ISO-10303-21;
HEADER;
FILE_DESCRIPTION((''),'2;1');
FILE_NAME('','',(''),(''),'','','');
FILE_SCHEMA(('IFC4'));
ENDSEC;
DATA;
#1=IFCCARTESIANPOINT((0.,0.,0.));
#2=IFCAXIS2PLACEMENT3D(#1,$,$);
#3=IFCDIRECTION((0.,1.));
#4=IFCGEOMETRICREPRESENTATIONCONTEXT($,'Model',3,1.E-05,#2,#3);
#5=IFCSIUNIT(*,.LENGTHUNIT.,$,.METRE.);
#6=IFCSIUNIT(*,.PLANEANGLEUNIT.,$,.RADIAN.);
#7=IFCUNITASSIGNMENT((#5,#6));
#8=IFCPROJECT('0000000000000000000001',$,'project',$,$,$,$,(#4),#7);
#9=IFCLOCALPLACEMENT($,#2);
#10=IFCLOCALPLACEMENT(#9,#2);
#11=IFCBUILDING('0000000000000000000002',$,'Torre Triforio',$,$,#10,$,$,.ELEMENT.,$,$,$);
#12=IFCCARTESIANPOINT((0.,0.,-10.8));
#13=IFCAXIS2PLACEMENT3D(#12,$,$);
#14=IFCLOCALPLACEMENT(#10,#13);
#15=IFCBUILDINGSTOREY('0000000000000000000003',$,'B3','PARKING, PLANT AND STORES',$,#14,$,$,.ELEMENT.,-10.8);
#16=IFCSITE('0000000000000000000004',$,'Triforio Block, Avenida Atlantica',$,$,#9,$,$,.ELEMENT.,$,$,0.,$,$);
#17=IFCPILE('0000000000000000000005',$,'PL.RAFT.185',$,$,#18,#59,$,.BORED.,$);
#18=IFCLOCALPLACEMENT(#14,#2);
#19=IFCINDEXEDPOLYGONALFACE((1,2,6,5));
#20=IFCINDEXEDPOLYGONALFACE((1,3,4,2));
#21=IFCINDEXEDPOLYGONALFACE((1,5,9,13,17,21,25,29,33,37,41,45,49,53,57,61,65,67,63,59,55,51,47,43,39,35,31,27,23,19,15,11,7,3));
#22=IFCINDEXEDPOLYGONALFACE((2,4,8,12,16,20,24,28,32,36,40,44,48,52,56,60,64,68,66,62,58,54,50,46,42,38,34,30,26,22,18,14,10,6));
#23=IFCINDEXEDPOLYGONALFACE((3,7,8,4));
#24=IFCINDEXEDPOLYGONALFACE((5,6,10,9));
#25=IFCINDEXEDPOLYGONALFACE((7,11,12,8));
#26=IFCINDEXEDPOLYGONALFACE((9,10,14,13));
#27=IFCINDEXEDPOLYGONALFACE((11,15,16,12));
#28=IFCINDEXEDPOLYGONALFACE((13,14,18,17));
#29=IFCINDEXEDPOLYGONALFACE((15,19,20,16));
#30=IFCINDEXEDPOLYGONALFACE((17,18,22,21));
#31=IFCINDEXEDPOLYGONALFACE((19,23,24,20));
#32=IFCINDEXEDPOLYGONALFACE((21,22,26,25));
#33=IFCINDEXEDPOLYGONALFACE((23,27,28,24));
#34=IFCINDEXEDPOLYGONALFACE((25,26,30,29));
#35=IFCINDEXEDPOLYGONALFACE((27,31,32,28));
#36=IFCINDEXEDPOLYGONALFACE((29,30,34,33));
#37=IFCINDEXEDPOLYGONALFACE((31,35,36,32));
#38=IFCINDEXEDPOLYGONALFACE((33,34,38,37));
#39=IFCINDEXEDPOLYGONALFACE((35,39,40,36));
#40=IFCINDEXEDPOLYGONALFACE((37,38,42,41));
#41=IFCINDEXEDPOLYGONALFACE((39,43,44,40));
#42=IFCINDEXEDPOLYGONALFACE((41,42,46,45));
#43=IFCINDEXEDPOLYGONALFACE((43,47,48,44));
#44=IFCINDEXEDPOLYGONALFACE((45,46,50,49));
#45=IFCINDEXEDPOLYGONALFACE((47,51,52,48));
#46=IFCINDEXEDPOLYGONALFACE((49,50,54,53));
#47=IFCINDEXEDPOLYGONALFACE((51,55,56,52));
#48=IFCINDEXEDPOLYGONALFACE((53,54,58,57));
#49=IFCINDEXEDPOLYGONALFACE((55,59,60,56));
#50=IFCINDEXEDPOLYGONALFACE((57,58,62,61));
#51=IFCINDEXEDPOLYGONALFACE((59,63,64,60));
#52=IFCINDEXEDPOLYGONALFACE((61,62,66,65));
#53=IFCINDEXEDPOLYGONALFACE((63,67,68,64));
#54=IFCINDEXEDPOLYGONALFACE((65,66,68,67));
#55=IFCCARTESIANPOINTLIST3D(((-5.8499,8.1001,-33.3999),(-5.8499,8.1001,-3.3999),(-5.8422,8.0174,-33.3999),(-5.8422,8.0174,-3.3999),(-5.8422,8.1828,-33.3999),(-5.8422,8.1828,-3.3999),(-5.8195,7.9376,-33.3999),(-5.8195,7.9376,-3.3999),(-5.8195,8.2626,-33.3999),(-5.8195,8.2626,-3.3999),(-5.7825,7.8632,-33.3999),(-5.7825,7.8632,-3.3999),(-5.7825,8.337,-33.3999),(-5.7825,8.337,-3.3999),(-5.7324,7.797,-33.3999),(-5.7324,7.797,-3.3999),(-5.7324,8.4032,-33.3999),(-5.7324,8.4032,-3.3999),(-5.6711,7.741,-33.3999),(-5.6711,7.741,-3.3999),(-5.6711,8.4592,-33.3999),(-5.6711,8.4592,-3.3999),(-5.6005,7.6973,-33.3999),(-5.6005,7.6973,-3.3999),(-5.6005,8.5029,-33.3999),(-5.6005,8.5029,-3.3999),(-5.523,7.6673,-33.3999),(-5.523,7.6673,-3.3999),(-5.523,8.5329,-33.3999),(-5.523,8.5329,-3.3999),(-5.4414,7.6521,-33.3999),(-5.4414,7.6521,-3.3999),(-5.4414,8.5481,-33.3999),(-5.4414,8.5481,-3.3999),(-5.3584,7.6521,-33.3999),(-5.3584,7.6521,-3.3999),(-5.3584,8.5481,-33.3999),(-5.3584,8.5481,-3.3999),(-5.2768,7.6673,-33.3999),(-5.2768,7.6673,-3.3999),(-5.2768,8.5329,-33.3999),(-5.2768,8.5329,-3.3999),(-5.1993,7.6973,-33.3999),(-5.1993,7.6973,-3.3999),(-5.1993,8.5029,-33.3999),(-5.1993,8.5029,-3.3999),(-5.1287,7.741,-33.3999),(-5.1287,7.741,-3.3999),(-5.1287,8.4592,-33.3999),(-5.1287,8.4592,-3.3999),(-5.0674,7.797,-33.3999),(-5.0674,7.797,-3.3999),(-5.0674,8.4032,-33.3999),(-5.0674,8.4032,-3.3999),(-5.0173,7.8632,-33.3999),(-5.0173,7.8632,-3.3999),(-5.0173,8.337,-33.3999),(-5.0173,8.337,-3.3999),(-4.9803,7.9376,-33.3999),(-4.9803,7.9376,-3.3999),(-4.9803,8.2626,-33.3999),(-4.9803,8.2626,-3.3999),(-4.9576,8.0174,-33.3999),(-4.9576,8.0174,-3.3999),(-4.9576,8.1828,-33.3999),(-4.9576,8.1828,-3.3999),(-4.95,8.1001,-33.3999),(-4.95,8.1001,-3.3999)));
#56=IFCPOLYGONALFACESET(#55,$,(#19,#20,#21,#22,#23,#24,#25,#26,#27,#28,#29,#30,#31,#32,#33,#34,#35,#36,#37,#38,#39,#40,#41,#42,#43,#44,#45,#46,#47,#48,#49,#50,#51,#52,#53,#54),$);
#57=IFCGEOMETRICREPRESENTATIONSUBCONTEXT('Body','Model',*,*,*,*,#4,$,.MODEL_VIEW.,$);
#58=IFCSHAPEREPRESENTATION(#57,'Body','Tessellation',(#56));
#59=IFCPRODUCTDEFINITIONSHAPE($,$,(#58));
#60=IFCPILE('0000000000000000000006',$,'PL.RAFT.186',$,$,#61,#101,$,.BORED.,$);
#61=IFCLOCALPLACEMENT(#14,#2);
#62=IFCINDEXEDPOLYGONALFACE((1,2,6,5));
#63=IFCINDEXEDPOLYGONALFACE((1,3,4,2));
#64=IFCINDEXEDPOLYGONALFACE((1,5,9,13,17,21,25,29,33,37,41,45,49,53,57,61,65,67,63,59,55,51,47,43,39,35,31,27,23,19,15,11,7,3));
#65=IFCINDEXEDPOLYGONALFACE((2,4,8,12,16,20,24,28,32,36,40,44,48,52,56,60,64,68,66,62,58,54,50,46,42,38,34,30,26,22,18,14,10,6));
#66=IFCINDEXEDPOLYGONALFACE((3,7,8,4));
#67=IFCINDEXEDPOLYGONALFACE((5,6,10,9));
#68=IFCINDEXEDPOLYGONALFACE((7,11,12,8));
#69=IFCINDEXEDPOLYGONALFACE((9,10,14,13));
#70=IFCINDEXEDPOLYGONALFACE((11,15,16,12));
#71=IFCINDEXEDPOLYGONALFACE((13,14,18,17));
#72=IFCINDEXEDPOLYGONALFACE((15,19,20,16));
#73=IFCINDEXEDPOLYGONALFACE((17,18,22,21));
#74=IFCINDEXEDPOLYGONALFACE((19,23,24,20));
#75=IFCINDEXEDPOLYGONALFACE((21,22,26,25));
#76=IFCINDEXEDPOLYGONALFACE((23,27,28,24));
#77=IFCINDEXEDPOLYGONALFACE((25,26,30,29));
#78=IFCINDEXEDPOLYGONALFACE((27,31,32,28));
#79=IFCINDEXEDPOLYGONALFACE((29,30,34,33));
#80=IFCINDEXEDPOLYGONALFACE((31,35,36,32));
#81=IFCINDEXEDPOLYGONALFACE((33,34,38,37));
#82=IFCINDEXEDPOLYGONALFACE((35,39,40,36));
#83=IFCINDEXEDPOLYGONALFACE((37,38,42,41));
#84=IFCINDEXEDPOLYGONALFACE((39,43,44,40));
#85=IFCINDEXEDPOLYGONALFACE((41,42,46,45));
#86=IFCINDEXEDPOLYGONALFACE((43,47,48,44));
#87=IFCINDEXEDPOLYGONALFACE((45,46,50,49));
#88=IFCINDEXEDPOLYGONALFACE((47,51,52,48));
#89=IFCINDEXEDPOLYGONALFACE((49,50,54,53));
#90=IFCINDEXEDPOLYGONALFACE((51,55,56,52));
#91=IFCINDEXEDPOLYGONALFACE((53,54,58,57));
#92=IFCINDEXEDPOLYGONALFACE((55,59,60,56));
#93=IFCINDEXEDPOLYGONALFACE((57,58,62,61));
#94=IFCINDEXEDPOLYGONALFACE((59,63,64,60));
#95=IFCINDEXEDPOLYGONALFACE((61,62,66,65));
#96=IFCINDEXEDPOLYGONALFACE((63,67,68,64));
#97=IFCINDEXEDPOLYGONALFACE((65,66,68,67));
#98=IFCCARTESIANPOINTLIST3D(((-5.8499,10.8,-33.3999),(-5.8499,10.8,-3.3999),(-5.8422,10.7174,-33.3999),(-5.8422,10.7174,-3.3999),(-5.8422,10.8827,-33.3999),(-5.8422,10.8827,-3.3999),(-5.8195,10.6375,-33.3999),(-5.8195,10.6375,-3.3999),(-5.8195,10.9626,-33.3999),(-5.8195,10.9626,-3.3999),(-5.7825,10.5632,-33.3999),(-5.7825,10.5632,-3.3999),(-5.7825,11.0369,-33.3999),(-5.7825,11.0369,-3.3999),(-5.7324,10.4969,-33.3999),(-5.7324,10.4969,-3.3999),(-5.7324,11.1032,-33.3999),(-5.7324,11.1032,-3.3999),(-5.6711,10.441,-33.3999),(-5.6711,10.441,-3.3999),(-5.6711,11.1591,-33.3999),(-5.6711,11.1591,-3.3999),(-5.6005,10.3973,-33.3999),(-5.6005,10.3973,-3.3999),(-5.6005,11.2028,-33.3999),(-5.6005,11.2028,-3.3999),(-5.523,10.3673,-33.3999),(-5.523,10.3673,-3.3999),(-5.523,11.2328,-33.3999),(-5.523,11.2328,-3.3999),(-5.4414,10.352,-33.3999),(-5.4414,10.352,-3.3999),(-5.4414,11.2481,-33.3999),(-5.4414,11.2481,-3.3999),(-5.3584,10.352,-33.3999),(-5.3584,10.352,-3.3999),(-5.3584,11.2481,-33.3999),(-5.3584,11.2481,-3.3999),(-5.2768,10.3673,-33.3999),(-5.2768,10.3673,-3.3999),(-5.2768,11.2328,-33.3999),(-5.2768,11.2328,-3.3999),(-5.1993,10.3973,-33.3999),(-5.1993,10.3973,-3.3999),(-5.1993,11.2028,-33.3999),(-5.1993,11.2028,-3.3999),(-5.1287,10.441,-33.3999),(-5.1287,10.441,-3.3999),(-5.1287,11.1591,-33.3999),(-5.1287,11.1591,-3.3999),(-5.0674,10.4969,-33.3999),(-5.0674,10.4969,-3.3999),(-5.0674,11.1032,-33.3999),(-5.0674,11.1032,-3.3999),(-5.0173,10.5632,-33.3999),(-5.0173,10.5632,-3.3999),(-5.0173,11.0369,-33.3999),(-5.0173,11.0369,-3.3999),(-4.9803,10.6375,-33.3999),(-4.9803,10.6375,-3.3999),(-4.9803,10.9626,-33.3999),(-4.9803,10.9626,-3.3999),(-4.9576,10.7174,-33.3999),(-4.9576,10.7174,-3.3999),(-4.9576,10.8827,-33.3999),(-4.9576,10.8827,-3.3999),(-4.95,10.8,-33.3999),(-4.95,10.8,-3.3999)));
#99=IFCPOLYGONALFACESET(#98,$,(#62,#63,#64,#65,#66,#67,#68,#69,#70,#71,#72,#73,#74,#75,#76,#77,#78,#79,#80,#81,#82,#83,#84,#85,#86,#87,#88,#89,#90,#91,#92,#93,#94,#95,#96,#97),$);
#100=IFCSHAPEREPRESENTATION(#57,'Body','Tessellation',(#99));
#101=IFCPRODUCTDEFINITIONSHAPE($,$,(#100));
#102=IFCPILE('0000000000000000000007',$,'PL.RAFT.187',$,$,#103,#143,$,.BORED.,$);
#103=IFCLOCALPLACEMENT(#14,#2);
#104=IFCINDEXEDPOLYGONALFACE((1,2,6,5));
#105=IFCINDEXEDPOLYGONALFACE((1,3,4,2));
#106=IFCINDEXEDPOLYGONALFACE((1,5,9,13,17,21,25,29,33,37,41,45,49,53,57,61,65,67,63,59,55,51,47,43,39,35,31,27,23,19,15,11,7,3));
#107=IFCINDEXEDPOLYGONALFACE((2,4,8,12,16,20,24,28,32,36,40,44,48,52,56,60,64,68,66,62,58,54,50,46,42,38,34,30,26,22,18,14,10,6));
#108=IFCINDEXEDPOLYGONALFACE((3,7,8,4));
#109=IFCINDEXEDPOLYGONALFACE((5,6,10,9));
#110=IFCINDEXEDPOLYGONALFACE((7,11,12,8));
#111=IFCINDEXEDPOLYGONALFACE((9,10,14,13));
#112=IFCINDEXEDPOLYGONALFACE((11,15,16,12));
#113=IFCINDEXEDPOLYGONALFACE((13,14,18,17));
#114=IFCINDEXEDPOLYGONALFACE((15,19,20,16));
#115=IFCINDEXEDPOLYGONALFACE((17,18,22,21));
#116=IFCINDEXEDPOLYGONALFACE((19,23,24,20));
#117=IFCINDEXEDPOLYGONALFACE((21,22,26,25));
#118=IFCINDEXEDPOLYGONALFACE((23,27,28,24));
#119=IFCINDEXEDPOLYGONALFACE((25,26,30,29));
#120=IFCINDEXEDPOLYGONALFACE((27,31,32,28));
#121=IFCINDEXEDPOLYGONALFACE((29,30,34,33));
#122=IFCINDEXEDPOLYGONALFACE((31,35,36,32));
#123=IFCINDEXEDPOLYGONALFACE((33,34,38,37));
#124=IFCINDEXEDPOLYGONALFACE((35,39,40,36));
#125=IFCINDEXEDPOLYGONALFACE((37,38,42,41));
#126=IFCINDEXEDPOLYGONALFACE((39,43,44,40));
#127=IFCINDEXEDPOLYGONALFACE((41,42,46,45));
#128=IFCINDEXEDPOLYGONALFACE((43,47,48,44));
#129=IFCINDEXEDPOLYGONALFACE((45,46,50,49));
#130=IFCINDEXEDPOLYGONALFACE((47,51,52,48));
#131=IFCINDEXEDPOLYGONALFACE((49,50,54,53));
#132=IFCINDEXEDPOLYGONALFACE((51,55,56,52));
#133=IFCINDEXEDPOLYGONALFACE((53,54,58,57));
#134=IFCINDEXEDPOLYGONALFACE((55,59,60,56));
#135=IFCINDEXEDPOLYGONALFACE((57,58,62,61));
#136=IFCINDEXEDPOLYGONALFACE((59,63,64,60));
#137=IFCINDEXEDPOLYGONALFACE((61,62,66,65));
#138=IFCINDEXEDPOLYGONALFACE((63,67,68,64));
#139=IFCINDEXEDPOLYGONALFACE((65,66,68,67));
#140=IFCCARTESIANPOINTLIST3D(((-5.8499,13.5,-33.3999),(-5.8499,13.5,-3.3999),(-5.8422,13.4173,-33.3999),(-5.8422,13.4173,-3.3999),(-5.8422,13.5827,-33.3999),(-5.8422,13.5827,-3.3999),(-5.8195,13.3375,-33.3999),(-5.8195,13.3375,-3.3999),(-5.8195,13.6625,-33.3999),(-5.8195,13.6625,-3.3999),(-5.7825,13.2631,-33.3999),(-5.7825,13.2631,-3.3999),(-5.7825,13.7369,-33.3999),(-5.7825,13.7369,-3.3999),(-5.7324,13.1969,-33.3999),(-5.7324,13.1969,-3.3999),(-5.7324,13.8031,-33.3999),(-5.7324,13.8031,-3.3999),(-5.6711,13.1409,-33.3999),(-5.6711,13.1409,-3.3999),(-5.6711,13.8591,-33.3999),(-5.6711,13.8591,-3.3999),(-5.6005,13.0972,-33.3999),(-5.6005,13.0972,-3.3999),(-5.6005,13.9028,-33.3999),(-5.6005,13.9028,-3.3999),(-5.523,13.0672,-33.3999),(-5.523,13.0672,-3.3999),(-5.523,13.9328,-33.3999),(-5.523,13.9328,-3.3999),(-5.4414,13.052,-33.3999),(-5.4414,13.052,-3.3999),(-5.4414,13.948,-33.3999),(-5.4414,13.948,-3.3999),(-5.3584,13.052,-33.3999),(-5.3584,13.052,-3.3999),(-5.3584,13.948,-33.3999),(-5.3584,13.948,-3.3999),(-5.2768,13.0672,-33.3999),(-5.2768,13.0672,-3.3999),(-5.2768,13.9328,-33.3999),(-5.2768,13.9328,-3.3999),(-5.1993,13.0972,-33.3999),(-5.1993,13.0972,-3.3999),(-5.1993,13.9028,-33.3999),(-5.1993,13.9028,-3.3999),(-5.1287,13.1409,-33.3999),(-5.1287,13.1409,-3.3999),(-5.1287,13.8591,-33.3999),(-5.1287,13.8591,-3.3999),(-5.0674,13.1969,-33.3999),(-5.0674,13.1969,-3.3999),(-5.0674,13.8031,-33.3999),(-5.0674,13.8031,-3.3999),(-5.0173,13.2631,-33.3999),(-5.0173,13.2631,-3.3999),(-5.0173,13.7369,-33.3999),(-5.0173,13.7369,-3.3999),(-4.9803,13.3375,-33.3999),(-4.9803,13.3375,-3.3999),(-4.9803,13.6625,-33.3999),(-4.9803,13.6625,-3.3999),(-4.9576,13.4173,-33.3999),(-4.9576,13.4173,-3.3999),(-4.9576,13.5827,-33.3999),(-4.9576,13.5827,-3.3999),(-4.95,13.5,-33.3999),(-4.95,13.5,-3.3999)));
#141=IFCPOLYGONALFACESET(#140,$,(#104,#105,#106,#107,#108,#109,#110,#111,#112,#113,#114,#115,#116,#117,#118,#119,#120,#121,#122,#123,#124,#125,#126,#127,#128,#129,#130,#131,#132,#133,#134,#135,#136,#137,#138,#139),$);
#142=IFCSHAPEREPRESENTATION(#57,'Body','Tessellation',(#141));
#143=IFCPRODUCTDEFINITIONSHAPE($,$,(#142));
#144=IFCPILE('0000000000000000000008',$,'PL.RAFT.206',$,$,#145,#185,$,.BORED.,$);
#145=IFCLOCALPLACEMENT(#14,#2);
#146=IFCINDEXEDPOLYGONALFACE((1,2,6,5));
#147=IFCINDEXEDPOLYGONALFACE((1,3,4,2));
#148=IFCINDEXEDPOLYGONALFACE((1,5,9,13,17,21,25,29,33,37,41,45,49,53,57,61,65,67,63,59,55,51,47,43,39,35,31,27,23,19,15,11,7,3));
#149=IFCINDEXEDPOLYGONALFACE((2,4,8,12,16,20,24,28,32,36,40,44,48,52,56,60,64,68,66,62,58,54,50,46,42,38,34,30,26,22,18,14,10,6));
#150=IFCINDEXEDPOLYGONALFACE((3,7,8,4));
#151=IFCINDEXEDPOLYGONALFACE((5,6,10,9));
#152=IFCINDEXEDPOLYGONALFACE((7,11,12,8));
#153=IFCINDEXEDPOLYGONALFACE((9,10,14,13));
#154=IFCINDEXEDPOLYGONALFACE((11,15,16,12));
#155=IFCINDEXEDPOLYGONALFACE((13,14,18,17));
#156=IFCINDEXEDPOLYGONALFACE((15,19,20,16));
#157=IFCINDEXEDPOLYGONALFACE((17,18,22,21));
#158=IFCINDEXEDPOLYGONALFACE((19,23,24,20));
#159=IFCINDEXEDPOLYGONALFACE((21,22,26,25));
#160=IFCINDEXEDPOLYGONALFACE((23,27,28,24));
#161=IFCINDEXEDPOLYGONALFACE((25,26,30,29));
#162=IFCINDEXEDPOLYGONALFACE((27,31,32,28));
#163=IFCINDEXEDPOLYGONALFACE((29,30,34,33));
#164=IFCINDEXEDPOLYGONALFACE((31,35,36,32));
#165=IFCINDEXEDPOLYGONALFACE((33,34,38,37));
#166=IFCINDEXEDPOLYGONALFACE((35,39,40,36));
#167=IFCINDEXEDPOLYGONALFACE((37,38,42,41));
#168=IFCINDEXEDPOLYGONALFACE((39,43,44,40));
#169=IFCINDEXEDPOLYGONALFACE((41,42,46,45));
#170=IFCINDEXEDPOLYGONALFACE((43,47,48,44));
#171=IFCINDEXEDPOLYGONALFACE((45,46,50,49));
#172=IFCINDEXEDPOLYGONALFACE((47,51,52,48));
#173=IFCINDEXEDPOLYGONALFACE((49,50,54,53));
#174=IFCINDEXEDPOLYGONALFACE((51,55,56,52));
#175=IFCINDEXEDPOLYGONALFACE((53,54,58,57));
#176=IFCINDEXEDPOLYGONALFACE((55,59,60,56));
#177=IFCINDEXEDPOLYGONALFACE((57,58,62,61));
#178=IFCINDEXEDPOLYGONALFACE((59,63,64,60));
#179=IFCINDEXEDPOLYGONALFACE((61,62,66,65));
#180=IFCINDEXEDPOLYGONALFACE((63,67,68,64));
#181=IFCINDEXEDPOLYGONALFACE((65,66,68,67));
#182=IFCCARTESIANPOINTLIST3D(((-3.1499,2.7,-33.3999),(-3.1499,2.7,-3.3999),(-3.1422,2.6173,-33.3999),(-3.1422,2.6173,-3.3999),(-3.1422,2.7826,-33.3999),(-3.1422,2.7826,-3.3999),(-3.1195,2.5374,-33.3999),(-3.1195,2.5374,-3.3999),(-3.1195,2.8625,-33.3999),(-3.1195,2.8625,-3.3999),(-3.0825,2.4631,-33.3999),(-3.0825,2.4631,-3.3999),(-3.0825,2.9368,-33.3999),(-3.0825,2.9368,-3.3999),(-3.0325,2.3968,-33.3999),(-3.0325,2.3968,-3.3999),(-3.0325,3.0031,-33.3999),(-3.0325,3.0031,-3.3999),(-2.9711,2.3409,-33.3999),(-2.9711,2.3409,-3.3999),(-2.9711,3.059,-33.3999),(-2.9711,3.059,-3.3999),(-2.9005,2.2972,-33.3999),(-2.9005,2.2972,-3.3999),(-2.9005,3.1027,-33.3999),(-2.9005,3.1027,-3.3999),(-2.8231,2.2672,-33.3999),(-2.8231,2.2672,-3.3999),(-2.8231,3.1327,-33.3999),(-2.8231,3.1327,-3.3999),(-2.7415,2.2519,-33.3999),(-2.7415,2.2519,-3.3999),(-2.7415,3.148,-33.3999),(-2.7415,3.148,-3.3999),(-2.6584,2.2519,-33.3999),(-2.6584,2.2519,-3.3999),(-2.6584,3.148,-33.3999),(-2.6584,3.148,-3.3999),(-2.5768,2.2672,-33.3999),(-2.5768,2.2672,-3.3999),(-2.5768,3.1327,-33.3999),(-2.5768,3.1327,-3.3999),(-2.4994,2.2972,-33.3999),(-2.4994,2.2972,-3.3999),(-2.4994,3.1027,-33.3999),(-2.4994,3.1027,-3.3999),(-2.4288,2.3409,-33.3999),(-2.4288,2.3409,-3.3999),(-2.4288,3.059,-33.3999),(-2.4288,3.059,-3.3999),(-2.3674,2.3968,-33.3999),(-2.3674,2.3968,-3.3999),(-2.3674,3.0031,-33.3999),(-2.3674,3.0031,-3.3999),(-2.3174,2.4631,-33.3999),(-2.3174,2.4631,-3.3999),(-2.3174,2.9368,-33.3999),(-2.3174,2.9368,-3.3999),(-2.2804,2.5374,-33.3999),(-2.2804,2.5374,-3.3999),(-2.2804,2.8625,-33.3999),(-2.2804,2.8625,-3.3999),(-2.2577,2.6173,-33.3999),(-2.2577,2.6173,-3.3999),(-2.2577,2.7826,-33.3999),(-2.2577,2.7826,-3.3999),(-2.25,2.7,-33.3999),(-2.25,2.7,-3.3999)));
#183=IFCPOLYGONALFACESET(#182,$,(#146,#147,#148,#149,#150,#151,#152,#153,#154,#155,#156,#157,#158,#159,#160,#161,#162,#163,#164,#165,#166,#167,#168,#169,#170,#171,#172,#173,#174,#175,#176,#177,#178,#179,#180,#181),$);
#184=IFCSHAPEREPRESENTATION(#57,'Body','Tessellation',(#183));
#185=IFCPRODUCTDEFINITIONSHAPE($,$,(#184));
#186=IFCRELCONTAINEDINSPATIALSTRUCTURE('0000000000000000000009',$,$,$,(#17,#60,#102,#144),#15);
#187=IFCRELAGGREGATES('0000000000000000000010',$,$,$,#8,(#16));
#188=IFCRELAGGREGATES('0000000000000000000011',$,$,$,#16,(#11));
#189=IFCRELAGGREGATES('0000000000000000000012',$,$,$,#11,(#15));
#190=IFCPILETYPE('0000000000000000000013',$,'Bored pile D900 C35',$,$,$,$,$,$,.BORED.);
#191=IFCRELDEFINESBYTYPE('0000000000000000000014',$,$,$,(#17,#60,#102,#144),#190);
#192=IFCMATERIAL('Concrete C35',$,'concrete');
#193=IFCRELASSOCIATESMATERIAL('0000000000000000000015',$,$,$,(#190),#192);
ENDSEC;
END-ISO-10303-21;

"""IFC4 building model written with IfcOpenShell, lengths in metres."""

from ifc_helpers import new_model, si_unit, direction, frame, origin, origin_2d, place, context, subcontext, project, spatial, circle, extrude, material, material_profile, profile_set, type_object, element, save


model = new_model("IFC4")

# Units and contexts
model_context = context("Model", 3, precision=1e-05, world=origin(), true_north=direction((0.0, 1.0)))
body_context = subcontext(model_context, "Body", "Model", "MODEL_VIEW")
ifc_project = project(units=[si_unit("LENGTHUNIT", "METRE"), si_unit("PLANEANGLEUNIT", "RADIAN")], contexts=[model_context])

# Site, building, storey
site_placement = place(None, origin())
site = spatial("IfcSite", under=ifc_project, at=site_placement, Name="Triforio Block, Avenida Atlantica", CompositionType="ELEMENT", RefElevation=0.0)
building_placement = place(site_placement, origin())
building = spatial("IfcBuilding", under=site, at=building_placement, Name="Torre Triforio", CompositionType="ELEMENT")
storey_placement = place(building_placement, frame((0.0, 0.0, -10.8)))
storey = spatial("IfcBuildingStorey", under=building, at=storey_placement, Name="B3", Description="PARKING, PLANT AND STORES", CompositionType="ELEMENT", Elevation=-10.8)

# Piles
ifc_material_1 = material(Name="Concrete C35", Category="concrete")
ifc_material_profile = material_profile(ifc_material_1, circle(Radius=0.45, at=origin_2d()), Name="RC D900")
ifc_profile_set = profile_set([ifc_material_profile], Name="Concrete C35")
pile_type = type_object("IfcPileType", Name="Bored pile D900 C35", PredefinedType="BORED", material=ifc_profile_set)
for number, where, z_axis, x_axis, name in (
    (1, (-5.3999, 8.1001, -3.3999), (0.0, 0.0, -1.0), (1.0, 0.0, 0.0), "PL.RAFT.185"),
    (2, (-5.3999, 10.8, -3.3999), (0.0, 0.0, -1.0), (1.0, 0.0, 0.0), "PL.RAFT.186"),
    (3, (-5.3999, 13.5, -3.3999), (0.0, 0.0, -1.0), (1.0, 0.0, 0.0), "PL.RAFT.187"),
    (4, (-2.7, 2.7, -3.3999), (0.0, 0.0, -1.0), (1.0, 0.0, 0.0), "PL.RAFT.206"),
):
    element("IfcPile", number, at=place(storey_placement, frame(where, z_axis=z_axis, x_axis=x_axis)), inside=storey, type_object=pile_type, Name=name, PredefinedType="BORED", context=body_context, shape_type="SweptSolid", body=[
        extrude(circle(Radius=0.45, at=origin_2d()), origin(), (0.0, 0.0, 1.0), 30.0),
    ])

save(model, "model.ifc")
